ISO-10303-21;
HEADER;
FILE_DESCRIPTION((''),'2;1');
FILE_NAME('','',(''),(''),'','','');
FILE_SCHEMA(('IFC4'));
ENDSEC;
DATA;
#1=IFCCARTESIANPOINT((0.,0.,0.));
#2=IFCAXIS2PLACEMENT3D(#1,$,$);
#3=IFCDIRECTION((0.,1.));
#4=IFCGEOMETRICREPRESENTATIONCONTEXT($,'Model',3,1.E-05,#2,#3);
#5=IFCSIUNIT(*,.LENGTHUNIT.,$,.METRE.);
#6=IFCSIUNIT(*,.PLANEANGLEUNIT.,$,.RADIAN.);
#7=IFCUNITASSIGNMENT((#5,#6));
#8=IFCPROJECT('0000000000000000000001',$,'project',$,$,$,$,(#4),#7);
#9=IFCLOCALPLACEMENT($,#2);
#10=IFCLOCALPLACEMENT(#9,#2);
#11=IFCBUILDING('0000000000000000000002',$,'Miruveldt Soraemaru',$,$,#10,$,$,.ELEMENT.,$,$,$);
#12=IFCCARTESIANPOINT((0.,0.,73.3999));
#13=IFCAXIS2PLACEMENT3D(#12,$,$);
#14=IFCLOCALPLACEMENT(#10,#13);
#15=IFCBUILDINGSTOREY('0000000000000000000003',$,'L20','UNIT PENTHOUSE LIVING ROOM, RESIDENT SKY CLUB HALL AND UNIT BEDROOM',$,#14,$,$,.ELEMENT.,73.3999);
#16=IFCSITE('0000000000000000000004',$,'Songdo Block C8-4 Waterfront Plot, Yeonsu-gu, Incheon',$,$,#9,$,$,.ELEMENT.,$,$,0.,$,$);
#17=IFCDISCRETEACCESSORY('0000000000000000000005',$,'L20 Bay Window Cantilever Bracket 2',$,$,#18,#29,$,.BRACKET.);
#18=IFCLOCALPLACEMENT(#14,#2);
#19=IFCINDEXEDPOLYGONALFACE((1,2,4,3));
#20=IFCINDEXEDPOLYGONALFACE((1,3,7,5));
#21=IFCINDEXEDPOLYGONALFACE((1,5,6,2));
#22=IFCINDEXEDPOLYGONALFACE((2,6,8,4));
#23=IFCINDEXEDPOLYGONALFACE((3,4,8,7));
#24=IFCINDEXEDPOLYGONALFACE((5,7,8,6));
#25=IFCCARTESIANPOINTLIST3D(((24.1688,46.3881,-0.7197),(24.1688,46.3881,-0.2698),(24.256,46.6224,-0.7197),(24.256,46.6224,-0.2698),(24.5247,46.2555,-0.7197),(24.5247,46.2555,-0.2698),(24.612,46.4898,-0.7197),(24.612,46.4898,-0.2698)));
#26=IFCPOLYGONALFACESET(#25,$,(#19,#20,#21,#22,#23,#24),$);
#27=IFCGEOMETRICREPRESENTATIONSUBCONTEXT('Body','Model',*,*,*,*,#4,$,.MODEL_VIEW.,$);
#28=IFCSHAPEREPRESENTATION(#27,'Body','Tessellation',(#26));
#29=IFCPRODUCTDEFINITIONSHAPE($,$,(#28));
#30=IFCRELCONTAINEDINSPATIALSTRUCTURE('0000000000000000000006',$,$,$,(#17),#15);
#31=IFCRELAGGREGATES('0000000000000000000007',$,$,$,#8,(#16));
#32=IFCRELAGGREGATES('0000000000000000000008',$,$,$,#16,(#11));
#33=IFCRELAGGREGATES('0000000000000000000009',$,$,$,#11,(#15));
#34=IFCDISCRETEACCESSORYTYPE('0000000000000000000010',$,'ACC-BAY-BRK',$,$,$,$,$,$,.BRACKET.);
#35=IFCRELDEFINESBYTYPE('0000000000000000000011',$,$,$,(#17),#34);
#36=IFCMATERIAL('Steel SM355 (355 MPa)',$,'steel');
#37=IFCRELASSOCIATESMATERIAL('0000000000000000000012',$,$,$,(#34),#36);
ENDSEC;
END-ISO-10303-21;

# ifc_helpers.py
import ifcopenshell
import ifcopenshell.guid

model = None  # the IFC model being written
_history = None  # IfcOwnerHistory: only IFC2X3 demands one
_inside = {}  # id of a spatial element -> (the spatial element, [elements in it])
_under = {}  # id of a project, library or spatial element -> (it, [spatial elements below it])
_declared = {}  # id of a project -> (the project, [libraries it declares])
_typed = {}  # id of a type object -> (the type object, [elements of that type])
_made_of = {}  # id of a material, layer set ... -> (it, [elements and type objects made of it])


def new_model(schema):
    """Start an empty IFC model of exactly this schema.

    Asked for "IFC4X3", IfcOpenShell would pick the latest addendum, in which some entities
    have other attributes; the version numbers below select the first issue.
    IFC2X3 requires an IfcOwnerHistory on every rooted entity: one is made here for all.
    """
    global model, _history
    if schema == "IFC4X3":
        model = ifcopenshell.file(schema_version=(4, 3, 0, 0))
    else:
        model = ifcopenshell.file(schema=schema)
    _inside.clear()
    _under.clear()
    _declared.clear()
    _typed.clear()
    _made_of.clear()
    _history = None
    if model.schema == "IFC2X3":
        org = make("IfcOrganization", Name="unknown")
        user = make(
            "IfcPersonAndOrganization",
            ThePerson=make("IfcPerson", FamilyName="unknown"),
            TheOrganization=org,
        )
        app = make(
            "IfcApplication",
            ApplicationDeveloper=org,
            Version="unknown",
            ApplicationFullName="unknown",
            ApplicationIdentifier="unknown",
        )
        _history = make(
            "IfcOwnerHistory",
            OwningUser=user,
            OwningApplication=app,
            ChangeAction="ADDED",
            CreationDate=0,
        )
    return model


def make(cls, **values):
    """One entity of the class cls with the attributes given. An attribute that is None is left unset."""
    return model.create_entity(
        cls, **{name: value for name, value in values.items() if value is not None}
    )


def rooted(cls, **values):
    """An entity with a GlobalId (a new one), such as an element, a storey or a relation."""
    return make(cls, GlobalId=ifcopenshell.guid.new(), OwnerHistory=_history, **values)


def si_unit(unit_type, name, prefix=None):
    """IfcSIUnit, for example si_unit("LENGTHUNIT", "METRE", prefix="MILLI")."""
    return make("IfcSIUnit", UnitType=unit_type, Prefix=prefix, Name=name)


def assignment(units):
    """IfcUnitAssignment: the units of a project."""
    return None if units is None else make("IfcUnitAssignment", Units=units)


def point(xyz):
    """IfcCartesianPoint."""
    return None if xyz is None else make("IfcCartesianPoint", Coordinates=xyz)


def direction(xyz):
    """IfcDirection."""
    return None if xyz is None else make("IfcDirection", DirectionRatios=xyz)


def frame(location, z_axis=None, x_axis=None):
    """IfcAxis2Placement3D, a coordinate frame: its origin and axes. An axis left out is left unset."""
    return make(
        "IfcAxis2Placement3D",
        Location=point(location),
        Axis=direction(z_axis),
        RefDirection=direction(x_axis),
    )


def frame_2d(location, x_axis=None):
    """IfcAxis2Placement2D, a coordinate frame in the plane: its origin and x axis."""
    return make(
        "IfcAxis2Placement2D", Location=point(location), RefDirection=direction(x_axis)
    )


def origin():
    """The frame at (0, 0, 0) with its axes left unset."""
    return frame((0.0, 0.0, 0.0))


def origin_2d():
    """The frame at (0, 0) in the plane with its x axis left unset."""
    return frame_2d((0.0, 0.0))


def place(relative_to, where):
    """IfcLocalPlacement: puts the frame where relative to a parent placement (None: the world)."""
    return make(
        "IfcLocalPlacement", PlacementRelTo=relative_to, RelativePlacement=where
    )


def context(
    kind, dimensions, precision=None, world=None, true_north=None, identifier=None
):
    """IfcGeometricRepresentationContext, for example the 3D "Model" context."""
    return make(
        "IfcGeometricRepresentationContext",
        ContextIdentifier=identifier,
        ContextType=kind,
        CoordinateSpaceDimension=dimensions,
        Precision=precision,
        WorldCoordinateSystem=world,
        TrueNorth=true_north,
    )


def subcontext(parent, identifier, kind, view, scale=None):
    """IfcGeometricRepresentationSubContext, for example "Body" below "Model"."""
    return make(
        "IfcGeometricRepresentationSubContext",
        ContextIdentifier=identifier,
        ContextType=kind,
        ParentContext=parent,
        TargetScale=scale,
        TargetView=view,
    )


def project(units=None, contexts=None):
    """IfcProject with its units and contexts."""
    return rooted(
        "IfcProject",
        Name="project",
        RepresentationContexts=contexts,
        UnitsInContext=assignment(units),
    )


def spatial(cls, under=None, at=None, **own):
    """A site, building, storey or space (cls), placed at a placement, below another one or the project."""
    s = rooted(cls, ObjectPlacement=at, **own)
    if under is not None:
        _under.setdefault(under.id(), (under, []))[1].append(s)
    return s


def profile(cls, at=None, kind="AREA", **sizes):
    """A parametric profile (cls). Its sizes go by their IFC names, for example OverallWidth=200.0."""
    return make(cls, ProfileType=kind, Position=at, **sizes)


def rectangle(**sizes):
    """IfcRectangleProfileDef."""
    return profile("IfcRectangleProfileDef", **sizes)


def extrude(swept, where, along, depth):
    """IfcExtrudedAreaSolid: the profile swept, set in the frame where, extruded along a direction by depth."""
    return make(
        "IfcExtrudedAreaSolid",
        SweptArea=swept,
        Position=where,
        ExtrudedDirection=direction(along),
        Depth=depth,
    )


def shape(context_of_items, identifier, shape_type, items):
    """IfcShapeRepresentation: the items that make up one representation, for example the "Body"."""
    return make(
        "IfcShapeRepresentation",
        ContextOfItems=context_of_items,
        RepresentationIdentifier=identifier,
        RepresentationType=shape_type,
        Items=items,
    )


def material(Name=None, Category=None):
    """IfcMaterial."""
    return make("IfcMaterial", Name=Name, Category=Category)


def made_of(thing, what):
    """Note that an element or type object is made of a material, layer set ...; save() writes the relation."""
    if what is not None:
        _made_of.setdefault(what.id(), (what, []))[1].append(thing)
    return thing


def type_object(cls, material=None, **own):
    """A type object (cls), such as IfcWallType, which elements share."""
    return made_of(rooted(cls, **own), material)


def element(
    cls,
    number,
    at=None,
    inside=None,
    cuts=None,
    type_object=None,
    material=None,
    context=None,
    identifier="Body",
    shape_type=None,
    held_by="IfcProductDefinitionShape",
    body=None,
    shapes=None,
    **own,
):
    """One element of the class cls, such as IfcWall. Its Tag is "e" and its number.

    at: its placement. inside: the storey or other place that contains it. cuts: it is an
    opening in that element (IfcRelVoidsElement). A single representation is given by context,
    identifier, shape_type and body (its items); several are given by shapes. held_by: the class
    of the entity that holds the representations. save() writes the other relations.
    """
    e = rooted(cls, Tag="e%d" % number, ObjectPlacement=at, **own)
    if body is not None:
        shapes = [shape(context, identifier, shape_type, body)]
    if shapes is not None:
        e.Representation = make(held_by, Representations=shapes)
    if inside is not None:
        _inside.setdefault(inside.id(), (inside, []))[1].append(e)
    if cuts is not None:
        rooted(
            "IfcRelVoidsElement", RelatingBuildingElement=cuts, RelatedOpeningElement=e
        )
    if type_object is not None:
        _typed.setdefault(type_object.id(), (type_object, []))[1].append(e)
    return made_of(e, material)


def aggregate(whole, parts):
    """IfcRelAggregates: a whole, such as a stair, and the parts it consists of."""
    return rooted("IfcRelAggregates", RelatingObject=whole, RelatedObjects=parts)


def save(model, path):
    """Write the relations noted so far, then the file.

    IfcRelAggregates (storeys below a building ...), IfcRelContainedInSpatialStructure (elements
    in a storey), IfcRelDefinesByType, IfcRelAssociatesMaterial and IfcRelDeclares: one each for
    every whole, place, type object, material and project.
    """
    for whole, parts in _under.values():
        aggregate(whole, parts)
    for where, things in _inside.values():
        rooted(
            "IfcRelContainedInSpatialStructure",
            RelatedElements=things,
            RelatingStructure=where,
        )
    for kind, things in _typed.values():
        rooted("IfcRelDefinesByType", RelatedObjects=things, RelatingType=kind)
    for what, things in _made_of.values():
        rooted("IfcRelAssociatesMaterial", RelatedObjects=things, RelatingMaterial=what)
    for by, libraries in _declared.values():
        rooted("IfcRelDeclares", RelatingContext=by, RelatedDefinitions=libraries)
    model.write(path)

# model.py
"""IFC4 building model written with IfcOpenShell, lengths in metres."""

from ifc_helpers import new_model, si_unit, direction, frame, origin, origin_2d, place, context, subcontext, project, spatial, rectangle, extrude, material, type_object, element, save


model = new_model("IFC4")

# Units and contexts
model_context = context("Model", 3, precision=1e-05, world=origin(), true_north=direction((0.0, 1.0)))
body_context = subcontext(model_context, "Body", "Model", "MODEL_VIEW")
ifc_project = project(units=[si_unit("LENGTHUNIT", "METRE"), si_unit("PLANEANGLEUNIT", "RADIAN")], contexts=[model_context])

# Site, building, storey
site_placement = place(None, origin())
site = spatial("IfcSite", under=ifc_project, at=site_placement, Name="Songdo Block C8-4 Waterfront Plot, Yeonsu-gu, Incheon", CompositionType="ELEMENT", RefElevation=0.0)
building_placement = place(site_placement, origin())
building = spatial("IfcBuilding", under=site, at=building_placement, Name="Miruveldt Soraemaru", CompositionType="ELEMENT")
storey_placement = place(building_placement, frame((0.0, 0.0, 73.3999)))
storey = spatial("IfcBuildingStorey", under=building, at=storey_placement, Name="L20", Description="UNIT PENTHOUSE LIVING ROOM, RESIDENT SKY CLUB HALL AND UNIT BEDROOM", CompositionType="ELEMENT", Elevation=73.3999)

# Discrete accessory
ifc_material_1 = material(Name="Steel SM355 (355 MPa)", Category="steel")
discrete_accessory_type = type_object("IfcDiscreteAccessoryType", Name="ACC-BAY-BRK", PredefinedType="BRACKET", material=ifc_material_1)
discrete_accessory_placement = place(storey_placement, frame((24.3904, 46.439, -0.7197), z_axis=(0.0, 0.0, 1.0), x_axis=(-0.937105, 0.349046, 0.0)))
element("IfcDiscreteAccessory", 1, at=discrete_accessory_placement, inside=storey, type_object=discrete_accessory_type, Name="L20 Bay Window Cantilever Bracket 2", PredefinedType="BRACKET", context=body_context, shape_type="SweptSolid", body=[
    extrude(rectangle(XDim=0.3799, YDim=0.25, at=origin_2d()), origin(), (0.0, 0.0, 1.0), 0.45),
])

save(model, "model.ifc")
